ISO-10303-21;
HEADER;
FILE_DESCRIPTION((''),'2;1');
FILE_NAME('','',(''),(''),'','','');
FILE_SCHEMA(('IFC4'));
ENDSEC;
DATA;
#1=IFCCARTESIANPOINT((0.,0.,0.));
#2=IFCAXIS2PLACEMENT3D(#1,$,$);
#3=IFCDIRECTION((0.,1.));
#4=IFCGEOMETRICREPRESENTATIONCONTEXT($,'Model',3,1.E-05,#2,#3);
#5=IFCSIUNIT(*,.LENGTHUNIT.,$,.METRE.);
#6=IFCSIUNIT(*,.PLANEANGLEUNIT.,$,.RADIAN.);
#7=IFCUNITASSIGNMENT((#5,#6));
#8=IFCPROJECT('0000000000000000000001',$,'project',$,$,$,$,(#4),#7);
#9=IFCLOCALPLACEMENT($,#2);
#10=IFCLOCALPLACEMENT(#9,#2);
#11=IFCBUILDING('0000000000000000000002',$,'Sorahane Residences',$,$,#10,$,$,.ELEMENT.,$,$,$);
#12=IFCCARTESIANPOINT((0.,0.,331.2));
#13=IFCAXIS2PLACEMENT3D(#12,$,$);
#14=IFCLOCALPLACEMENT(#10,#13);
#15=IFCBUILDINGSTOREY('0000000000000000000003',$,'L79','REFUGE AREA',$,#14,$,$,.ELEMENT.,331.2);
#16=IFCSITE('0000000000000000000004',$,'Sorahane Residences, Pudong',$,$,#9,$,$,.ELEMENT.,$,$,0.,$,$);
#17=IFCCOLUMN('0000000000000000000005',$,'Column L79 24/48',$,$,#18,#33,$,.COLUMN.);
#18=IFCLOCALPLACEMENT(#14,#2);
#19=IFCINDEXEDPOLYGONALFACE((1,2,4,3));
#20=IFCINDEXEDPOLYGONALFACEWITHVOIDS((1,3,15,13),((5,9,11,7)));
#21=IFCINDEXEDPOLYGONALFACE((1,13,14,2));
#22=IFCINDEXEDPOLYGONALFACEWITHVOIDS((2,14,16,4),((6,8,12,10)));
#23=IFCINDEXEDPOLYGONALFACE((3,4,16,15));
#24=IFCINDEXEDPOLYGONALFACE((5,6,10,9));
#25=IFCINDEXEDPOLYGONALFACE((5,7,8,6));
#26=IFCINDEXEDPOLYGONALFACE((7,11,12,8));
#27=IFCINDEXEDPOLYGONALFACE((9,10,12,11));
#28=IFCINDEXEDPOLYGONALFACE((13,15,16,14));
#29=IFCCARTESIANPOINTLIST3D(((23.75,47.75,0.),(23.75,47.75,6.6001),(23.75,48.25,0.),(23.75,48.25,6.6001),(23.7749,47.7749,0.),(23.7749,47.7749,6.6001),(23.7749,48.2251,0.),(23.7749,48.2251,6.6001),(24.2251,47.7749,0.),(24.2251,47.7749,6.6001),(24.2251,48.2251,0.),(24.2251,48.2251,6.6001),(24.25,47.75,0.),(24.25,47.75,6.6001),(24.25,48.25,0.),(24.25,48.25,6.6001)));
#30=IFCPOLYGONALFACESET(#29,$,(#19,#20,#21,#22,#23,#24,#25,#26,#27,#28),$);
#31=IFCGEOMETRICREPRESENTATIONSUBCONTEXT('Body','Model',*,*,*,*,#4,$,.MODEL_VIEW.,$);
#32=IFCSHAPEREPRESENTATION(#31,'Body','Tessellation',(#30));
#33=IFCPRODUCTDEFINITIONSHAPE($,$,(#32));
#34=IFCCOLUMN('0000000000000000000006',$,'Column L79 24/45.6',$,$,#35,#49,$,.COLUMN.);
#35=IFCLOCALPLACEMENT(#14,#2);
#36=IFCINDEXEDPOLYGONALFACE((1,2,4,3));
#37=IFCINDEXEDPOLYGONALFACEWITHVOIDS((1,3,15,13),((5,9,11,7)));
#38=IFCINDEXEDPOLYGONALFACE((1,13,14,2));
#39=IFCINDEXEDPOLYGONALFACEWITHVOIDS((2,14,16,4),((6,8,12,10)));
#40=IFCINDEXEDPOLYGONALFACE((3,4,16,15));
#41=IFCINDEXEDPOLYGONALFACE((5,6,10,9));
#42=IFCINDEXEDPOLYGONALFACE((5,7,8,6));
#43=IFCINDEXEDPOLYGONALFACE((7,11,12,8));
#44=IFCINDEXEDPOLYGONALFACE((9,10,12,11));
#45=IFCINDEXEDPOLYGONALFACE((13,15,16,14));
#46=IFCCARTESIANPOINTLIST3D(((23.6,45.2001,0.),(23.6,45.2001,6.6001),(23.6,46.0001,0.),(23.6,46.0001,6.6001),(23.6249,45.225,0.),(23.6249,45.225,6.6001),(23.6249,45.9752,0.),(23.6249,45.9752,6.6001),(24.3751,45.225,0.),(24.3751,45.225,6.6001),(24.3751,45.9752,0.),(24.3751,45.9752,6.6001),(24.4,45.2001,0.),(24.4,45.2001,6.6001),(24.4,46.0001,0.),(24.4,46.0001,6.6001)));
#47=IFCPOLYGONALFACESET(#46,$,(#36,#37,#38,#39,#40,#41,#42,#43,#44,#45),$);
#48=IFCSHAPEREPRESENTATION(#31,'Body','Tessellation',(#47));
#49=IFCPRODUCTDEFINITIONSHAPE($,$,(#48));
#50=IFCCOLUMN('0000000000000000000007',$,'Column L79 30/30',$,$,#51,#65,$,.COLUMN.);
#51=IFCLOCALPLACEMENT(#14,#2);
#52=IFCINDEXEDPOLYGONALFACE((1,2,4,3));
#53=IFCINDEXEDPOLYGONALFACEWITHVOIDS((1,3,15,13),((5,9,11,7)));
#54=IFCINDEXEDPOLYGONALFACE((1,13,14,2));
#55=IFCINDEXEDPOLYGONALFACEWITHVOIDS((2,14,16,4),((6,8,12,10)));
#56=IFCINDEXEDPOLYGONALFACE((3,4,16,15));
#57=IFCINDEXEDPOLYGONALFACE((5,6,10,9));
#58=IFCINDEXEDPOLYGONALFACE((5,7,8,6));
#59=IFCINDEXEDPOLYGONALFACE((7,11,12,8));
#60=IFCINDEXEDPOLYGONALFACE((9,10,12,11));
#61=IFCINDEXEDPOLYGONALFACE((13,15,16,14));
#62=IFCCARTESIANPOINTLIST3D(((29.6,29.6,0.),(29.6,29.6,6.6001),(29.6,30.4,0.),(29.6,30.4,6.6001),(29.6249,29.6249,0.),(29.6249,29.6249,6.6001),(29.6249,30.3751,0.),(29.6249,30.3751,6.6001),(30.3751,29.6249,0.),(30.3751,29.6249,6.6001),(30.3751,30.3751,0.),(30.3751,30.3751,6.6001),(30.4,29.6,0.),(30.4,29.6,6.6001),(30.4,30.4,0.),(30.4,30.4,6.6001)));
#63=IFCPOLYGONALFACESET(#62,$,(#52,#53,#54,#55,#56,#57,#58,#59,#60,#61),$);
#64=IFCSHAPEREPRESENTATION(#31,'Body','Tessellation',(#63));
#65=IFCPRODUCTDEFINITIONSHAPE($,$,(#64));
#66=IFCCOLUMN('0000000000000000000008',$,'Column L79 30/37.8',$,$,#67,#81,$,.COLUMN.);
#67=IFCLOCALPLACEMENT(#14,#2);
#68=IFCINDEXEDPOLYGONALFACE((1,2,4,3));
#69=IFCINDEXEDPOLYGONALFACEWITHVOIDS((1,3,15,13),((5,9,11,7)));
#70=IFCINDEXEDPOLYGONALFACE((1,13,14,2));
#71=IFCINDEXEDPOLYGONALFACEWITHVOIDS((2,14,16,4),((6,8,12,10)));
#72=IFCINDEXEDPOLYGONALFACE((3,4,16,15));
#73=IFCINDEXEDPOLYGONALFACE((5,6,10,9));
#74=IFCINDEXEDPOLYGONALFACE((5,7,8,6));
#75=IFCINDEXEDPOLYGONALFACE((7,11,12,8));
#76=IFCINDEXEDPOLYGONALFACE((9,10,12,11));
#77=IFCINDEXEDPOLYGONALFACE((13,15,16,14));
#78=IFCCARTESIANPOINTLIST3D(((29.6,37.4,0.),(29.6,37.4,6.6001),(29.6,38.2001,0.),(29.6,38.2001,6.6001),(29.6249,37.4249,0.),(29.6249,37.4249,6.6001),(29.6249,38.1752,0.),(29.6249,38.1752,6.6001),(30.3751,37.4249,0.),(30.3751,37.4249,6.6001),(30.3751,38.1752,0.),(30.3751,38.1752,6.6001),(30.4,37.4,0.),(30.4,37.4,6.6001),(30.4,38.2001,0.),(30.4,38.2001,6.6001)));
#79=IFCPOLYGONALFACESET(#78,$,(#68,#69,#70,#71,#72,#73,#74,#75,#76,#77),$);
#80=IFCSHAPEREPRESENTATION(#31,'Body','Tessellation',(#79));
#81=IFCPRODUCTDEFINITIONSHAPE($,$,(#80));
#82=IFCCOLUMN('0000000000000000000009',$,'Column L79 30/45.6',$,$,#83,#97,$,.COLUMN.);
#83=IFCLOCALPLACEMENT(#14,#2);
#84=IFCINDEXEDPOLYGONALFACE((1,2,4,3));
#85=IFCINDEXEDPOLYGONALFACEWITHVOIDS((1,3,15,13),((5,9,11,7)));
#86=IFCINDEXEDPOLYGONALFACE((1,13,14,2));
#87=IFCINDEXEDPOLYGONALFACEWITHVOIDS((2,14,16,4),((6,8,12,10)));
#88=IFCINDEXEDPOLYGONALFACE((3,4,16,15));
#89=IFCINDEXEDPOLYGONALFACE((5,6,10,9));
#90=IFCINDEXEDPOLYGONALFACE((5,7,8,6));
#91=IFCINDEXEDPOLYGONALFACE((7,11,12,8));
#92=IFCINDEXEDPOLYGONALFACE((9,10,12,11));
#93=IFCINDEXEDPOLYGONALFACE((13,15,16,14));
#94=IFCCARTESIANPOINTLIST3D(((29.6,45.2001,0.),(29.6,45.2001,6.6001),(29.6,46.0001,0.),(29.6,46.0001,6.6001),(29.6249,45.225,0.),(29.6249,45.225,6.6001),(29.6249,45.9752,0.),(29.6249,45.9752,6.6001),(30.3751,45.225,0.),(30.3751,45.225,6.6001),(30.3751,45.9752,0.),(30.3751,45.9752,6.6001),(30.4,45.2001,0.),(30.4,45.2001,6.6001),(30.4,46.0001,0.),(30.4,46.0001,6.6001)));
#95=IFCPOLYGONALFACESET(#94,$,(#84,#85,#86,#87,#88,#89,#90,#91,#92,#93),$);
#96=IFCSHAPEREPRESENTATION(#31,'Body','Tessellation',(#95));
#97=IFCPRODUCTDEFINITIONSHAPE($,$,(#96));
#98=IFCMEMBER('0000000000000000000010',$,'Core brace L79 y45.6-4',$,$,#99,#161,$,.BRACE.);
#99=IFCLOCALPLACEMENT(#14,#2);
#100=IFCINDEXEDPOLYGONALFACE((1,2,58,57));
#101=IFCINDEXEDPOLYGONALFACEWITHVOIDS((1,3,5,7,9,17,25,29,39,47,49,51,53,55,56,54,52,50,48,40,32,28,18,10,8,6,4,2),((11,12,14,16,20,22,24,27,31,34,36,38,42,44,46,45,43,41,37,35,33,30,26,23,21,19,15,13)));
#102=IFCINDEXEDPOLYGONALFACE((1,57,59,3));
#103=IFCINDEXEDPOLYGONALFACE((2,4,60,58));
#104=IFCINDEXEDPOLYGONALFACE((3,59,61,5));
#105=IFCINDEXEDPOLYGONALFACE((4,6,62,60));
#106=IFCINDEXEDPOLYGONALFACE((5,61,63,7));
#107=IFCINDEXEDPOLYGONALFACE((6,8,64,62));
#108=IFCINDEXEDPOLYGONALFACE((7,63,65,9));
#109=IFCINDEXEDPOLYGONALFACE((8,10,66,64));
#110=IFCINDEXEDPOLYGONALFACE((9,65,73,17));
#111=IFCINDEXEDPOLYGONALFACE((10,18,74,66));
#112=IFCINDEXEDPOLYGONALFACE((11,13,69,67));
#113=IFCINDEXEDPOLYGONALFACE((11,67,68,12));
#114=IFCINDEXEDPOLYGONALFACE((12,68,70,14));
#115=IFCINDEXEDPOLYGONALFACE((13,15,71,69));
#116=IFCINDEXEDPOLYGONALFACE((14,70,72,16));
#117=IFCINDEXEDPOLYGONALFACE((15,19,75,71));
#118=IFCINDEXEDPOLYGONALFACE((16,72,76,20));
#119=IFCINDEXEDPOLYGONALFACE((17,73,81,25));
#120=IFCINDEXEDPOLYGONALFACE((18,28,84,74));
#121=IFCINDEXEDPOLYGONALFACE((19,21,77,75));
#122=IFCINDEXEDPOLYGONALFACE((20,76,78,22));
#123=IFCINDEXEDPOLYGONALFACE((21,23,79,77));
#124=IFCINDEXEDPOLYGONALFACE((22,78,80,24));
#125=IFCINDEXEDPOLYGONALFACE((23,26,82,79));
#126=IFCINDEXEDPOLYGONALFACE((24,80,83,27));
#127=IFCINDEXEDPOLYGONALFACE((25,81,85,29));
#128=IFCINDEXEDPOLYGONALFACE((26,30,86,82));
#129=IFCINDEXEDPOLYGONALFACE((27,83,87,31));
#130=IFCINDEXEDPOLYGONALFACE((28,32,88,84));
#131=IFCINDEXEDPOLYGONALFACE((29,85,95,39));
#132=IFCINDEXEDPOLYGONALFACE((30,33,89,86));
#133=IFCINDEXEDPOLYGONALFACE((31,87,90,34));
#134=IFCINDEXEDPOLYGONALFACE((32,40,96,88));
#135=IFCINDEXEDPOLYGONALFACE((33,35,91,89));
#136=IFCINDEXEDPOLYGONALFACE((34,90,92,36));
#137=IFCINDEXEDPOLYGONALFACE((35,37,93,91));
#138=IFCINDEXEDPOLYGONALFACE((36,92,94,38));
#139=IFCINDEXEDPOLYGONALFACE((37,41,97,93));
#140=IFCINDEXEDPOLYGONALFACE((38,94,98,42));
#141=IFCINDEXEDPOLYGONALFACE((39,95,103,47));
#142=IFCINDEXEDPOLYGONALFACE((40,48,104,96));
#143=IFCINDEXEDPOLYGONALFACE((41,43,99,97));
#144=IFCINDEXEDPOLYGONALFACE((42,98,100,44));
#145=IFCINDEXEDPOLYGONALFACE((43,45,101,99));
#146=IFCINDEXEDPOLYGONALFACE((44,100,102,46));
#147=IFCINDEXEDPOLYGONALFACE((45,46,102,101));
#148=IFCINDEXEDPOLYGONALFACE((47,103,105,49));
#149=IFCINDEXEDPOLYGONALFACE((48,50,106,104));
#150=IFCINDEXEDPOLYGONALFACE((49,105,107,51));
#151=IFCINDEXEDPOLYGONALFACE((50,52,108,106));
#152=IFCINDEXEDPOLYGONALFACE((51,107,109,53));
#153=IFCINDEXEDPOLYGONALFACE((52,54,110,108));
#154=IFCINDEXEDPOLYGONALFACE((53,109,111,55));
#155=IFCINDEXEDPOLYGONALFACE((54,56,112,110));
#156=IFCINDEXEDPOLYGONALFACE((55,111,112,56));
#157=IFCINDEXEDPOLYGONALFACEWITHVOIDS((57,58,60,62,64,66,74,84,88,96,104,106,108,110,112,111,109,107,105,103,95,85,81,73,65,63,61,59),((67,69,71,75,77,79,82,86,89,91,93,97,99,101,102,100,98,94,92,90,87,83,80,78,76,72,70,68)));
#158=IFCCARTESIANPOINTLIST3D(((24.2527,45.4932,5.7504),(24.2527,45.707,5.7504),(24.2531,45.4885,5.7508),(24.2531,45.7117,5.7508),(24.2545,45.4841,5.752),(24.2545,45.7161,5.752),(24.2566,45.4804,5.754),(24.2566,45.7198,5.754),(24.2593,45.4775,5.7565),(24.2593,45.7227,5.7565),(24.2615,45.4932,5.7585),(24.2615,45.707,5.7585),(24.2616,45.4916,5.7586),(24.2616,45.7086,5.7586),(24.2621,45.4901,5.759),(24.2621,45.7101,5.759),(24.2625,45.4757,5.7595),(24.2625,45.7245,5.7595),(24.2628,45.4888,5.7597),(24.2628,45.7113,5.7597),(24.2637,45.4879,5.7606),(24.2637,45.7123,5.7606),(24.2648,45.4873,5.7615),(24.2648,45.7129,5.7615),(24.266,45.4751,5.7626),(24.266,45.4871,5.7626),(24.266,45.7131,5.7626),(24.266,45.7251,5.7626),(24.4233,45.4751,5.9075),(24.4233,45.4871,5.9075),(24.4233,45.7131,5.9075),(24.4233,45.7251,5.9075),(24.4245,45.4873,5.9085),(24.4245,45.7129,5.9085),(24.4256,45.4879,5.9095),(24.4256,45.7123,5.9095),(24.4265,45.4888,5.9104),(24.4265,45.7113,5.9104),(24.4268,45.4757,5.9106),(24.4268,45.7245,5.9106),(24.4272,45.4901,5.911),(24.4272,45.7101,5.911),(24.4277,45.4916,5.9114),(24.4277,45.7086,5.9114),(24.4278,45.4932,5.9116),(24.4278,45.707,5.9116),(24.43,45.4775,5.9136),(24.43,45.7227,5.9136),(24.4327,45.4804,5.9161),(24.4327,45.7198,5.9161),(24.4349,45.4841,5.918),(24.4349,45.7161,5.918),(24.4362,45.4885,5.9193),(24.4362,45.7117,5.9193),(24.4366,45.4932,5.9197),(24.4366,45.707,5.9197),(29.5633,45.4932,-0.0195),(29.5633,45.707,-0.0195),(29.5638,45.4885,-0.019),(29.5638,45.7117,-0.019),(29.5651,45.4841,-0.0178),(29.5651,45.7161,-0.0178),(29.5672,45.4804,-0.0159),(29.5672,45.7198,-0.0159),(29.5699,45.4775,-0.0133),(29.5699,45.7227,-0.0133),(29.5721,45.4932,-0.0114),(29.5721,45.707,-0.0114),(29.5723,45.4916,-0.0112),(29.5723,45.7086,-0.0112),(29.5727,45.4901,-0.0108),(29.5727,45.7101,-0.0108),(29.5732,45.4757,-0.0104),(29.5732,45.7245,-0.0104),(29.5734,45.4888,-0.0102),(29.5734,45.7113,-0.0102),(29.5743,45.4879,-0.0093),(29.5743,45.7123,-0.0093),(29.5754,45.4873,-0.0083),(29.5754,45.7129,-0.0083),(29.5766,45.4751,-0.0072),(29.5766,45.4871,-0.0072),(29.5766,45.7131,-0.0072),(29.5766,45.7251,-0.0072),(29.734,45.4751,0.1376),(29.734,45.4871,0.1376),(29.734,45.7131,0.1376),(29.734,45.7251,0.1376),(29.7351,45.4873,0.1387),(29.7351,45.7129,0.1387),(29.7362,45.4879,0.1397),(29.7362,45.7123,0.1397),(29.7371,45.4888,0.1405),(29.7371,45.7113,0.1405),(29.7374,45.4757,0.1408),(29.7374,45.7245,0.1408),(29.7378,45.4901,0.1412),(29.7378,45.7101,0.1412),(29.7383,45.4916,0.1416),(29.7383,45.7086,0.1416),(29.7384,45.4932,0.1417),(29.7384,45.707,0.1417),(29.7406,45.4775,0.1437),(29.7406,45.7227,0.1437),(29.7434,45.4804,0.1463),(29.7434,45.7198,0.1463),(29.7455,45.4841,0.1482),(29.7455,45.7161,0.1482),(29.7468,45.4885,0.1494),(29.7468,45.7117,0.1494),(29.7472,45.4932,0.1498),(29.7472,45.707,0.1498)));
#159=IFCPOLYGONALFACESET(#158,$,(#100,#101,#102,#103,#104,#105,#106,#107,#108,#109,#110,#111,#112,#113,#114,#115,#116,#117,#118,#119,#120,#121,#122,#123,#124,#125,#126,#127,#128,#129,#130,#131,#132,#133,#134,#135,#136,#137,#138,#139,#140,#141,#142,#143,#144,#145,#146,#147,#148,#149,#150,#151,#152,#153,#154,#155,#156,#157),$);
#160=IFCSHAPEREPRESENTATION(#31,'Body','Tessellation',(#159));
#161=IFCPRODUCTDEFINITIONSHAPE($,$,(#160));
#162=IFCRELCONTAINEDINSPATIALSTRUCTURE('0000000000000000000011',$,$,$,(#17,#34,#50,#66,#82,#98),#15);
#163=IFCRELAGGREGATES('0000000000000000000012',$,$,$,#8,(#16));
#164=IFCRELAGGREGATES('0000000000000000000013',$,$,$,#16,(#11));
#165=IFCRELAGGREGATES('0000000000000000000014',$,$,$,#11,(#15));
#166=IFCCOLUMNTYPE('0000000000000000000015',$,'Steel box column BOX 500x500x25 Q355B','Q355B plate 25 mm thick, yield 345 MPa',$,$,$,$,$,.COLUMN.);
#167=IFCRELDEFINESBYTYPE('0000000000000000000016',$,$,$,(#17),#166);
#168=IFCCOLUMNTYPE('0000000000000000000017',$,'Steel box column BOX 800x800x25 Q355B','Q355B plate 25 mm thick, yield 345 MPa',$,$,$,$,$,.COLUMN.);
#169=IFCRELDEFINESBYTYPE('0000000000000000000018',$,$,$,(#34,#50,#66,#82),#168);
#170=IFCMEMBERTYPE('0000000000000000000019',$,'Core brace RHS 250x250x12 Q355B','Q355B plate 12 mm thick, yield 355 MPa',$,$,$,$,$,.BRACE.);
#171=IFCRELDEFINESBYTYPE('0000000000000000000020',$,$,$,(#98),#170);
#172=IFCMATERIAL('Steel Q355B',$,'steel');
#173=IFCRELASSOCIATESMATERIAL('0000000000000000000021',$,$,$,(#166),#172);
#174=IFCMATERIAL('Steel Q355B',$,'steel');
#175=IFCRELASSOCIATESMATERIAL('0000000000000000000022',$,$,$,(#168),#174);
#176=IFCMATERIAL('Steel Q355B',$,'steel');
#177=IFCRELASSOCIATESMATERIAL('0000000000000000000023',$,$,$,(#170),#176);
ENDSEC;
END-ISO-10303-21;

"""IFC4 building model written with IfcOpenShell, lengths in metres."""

from ifc_helpers import new_model, si_unit, direction, frame, origin, origin_2d, place, context, subcontext, project, spatial, hollow_rectangle, extrude, material, material_profile, profile_set, type_object, element, save


model = new_model("IFC4")

# Units and contexts
model_context = context("Model", 3, precision=1e-05, world=origin(), true_north=direction((0.0, 1.0)))
body_context = subcontext(model_context, "Body", "Model", "MODEL_VIEW")
ifc_project = project(units=[si_unit("LENGTHUNIT", "METRE"), si_unit("PLANEANGLEUNIT", "RADIAN")], contexts=[model_context])

# Site, building, storey
site_placement = place(None, origin())
site = spatial("IfcSite", under=ifc_project, at=site_placement, Name="Sorahane Residences, Pudong", CompositionType="ELEMENT", RefElevation=0.0)
building_placement = place(site_placement, origin())
building = spatial("IfcBuilding", under=site, at=building_placement, Name="Sorahane Residences", CompositionType="ELEMENT")
storey_placement = place(building_placement, frame((0.0, 0.0, 331.2)))
storey = spatial("IfcBuildingStorey", under=building, at=storey_placement, Name="L79", Description="REFUGE AREA", CompositionType="ELEMENT", Elevation=331.2)

# Columns
ifc_material_1 = material(Name="Steel Q355B", Category="steel")
ifc_material_profile_1 = material_profile(ifc_material_1, hollow_rectangle(XDim=0.5, YDim=0.5, WallThickness=0.0249, at=origin_2d()), Name="BOX 500x500x25")
ifc_profile_set_1 = profile_set([ifc_material_profile_1], Name="Steel Q355B")
column_type_1 = type_object("IfcColumnType", Name="Steel box column BOX 500x500x25 Q355B", Description="Q355B plate 25 mm thick, yield 345 MPa", PredefinedType="COLUMN", material=ifc_profile_set_1)
column_placement = place(storey_placement, frame((24.0, 48.0, 0.0), z_axis=(0.0, 0.0, 1.0), x_axis=(1.0, 0.0, 0.0)))
element("IfcColumn", 1, at=column_placement, inside=storey, type_object=column_type_1, Name="Column L79 24/48", PredefinedType="COLUMN", context=body_context, shape_type="SweptSolid", body=[
    extrude(hollow_rectangle(XDim=0.5, YDim=0.5, WallThickness=0.0249, at=origin_2d()), origin(), (0.0, 0.0, 1.0), 6.6001),
])
ifc_material_2 = material(Name="Steel Q355B", Category="steel")
ifc_material_profile_2 = material_profile(ifc_material_2, hollow_rectangle(XDim=0.8, YDim=0.8, WallThickness=0.0249, at=origin_2d()), Name="BOX 800x800x25")
ifc_profile_set_2 = profile_set([ifc_material_profile_2], Name="Steel Q355B")
column_type_2 = type_object("IfcColumnType", Name="Steel box column BOX 800x800x25 Q355B", Description="Q355B plate 25 mm thick, yield 345 MPa", PredefinedType="COLUMN", material=ifc_profile_set_2)
for number, where, z_axis, x_axis, name in (
    (2, (24.0, 45.6001, 0.0), (0.0, 0.0, 1.0), (1.0, 0.0, 0.0), "Column L79 24/45.6"),
    (3, (30.0, 30.0, 0.0), (0.0, 0.0, 1.0), (1.0, 0.0, 0.0), "Column L79 30/30"),
    (4, (30.0, 37.8, 0.0), (0.0, 0.0, 1.0), (1.0, 0.0, 0.0), "Column L79 30/37.8"),
    (5, (30.0, 45.6001, 0.0), (0.0, 0.0, 1.0), (1.0, 0.0, 0.0), "Column L79 30/45.6"),
):
    element("IfcColumn", number, at=place(storey_placement, frame(where, z_axis=z_axis, x_axis=x_axis)), inside=storey, type_object=column_type_2, Name=name, PredefinedType="COLUMN", context=body_context, shape_type="SweptSolid", body=[
        extrude(hollow_rectangle(XDim=0.8, YDim=0.8, WallThickness=0.0249, at=origin_2d()), origin(), (0.0, 0.0, 1.0), 6.6001),
    ])

# Member
ifc_material_3 = material(Name="Steel Q355B", Category="steel")
ifc_material_profile_3 = material_profile(ifc_material_3, hollow_rectangle(XDim=0.25, YDim=0.25, WallThickness=0.012, InnerFilletRadius=0.0061, OuterFilletRadius=0.0181, at=origin_2d()), Name="RHS 250x250x12")
ifc_profile_set_3 = profile_set([ifc_material_profile_3], Name="Steel Q355B")
member_type = type_object("IfcMemberType", Name="Core brace RHS 250x250x12 Q355B", Description="Q355B plate 12 mm thick, yield 355 MPa", PredefinedType="BRACE", material=ifc_profile_set_3)
member_placement = place(storey_placement, frame((29.6553, 45.6001, 0.0652), z_axis=(-0.677219, 0.0, 0.735781), x_axis=(0.0, -1.0, 0.0)))
element("IfcMember", 6, at=member_placement, inside=storey, type_object=member_type, Name="Core brace L79 y45.6-4", PredefinedType="BRACE", context=body_context, shape_type="SweptSolid", body=[
    extrude(hollow_rectangle(XDim=0.25, YDim=0.25, WallThickness=0.012, InnerFilletRadius=0.0061, OuterFilletRadius=0.0181, at=origin_2d()), origin(), (0.0, 0.0, 1.0), 7.8418),
])

save(model, "model.ifc")
